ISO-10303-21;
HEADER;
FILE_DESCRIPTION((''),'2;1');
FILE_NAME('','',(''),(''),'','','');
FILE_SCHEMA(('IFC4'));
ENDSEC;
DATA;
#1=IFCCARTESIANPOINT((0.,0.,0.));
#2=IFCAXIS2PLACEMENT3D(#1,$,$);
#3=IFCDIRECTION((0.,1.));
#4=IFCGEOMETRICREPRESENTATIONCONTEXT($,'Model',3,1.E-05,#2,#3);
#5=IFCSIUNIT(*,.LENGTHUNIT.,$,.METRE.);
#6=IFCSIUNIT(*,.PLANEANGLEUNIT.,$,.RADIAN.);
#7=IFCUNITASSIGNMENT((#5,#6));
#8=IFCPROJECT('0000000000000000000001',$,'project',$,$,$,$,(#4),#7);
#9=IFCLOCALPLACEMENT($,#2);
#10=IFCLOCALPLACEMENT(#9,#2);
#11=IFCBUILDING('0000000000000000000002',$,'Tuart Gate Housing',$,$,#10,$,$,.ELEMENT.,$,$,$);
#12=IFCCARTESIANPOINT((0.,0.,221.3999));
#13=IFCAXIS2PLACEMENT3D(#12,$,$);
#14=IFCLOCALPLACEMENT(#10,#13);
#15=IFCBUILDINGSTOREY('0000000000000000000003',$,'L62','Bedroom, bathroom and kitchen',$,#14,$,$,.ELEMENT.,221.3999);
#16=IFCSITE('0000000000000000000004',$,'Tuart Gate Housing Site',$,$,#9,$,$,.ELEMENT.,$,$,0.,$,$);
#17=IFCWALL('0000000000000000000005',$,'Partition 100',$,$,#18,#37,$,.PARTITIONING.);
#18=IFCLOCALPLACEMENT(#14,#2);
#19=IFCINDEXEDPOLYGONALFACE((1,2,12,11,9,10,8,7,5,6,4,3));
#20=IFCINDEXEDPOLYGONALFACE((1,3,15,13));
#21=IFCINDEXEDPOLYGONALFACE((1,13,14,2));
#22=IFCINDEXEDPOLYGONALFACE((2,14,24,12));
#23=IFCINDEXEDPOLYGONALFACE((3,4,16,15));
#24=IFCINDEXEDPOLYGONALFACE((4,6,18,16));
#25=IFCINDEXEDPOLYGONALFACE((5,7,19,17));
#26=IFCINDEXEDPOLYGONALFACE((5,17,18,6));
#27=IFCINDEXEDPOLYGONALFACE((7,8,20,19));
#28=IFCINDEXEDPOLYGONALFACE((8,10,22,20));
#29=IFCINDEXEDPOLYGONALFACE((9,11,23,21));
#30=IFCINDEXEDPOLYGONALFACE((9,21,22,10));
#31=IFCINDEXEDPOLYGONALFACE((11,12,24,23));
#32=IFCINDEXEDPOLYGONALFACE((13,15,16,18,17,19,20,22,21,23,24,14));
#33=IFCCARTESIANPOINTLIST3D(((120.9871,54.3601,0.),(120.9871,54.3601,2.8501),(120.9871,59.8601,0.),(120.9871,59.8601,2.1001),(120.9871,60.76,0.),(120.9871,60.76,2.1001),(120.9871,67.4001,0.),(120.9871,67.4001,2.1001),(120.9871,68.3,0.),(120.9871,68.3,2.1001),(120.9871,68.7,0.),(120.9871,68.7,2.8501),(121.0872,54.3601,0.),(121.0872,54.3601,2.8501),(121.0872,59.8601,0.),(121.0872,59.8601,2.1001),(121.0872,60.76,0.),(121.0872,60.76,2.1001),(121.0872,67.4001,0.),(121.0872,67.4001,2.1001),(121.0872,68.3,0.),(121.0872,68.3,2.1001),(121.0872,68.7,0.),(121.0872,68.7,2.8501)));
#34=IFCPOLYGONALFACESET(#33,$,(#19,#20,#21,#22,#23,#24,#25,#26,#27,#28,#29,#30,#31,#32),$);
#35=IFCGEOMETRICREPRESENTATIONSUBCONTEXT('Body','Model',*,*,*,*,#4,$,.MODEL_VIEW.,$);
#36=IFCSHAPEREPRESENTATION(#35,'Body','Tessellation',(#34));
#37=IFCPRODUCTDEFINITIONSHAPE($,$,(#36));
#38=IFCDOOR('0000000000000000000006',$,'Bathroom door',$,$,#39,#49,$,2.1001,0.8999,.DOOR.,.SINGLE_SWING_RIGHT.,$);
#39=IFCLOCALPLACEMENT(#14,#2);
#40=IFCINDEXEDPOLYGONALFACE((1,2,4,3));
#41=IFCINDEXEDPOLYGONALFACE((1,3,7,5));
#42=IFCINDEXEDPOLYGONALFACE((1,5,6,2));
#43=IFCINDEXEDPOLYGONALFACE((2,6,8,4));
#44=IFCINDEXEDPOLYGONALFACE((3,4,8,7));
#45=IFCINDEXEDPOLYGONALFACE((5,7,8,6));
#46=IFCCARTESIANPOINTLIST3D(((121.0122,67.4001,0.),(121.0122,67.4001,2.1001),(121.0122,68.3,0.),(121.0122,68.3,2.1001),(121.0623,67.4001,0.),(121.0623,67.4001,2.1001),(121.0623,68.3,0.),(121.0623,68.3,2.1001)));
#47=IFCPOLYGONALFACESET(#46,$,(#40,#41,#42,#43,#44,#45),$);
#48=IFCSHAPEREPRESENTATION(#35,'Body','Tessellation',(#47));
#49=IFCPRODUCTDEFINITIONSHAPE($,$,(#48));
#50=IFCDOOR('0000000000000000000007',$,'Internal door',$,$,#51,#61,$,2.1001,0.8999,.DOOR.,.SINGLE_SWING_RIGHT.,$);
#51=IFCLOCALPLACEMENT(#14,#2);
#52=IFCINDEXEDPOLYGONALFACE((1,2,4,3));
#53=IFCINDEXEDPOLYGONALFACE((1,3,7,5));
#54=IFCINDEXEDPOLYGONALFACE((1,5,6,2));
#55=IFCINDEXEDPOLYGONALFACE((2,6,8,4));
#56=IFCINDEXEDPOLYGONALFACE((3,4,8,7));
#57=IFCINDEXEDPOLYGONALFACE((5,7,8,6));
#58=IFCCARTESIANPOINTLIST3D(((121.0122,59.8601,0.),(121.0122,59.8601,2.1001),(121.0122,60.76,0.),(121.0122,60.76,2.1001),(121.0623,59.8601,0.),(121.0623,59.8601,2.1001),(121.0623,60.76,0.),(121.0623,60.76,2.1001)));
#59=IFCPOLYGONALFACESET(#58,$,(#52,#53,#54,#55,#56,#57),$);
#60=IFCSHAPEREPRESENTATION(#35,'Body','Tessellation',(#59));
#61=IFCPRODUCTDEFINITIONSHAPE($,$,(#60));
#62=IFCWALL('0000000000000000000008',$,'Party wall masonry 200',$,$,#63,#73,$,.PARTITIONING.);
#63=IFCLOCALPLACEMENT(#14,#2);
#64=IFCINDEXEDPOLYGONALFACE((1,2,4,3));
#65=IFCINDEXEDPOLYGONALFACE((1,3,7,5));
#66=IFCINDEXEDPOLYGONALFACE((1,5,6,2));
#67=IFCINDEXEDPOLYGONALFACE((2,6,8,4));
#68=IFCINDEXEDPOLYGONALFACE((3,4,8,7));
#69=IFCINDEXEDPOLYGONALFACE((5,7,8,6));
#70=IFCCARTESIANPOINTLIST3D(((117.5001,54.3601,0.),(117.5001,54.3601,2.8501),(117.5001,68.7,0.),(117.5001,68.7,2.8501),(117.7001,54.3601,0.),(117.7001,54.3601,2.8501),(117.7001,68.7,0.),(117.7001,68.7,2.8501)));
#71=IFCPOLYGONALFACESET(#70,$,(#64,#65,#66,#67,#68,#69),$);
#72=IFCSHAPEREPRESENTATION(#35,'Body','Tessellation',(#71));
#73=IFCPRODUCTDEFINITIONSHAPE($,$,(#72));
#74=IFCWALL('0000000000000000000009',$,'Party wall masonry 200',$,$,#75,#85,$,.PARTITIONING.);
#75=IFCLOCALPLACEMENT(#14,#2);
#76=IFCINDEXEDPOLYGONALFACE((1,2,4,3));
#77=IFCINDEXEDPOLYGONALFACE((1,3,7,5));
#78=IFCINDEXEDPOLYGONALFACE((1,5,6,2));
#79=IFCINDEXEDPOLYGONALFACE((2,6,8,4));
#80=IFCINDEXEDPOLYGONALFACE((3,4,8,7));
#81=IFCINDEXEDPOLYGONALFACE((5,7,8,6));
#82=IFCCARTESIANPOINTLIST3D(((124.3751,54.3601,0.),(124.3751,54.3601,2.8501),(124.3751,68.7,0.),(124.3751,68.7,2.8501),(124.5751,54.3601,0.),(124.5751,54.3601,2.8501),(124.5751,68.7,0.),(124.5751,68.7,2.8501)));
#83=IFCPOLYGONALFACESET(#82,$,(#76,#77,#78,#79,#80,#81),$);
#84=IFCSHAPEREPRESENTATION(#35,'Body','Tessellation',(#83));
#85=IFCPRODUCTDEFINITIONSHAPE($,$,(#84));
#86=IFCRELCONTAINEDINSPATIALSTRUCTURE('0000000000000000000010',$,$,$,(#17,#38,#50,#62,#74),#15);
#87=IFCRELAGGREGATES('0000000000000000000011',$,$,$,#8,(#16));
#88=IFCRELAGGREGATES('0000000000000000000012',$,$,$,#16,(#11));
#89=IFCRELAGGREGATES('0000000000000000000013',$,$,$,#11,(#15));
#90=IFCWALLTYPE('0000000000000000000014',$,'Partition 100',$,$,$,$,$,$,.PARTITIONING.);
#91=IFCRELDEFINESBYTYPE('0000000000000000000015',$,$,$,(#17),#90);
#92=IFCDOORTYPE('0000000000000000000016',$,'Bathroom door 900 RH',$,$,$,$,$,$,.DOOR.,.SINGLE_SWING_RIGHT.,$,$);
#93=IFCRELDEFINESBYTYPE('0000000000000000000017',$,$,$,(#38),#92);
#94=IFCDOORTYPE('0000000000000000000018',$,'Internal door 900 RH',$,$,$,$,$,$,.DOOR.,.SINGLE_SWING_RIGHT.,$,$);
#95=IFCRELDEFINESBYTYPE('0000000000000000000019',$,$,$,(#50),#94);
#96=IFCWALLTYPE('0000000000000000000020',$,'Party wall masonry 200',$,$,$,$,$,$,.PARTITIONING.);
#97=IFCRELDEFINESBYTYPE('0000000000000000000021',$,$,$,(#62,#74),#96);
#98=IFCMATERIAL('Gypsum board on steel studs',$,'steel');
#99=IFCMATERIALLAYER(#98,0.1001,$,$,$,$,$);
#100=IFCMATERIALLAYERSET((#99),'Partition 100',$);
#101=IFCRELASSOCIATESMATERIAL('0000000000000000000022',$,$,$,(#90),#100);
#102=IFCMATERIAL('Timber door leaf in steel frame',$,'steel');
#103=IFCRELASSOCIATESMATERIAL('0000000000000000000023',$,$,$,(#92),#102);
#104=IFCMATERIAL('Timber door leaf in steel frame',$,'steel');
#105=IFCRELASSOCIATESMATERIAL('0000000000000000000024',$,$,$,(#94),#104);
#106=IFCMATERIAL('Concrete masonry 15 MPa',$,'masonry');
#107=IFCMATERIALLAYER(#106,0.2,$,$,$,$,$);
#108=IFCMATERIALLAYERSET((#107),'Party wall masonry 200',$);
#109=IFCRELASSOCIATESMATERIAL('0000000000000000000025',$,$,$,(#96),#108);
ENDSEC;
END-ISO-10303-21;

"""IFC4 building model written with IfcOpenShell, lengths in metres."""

from ifc_helpers import new_model, si_unit, direction, frame, frame_2d, origin, place, context, subcontext, project, spatial, rectangle, extrude, material, layer, layer_set, type_object, element, fill, save


model = new_model("IFC4")

# Units and contexts
model_context = context("Model", 3, precision=1e-05, world=origin(), true_north=direction((0.0, 1.0)))
body_context = subcontext(model_context, "Body", "Model", "MODEL_VIEW")
ifc_project = project(units=[si_unit("LENGTHUNIT", "METRE"), si_unit("PLANEANGLEUNIT", "RADIAN")], contexts=[model_context])

# Site, building, storey
site_placement = place(None, origin())
site = spatial("IfcSite", under=ifc_project, at=site_placement, Name="Tuart Gate Housing Site", CompositionType="ELEMENT", RefElevation=0.0)
building_placement = place(site_placement, origin())
building = spatial("IfcBuilding", under=site, at=building_placement, Name="Tuart Gate Housing", CompositionType="ELEMENT")
storey_placement = place(building_placement, frame((0.0, 0.0, 221.3999)))
storey = spatial("IfcBuildingStorey", under=building, at=storey_placement, Name="L62", Description="Bedroom, bathroom and kitchen", CompositionType="ELEMENT", Elevation=221.3999)

# Shared definitions
ifc_material_1 = material(Name="Gypsum board on steel studs", Category="steel")
ifc_layer_1 = layer(ifc_material_1, 0.1001)
ifc_layer_set_1 = layer_set([ifc_layer_1], Name="Partition 100")
wall_type_1 = type_object("IfcWallType", Name="Partition 100", PredefinedType="PARTITIONING", material=ifc_layer_set_1)

# Wall, openings, doors
wall_1_placement = place(storey_placement, frame((121.0371, 54.3601, 0.0), z_axis=(0.0, 0.0, 1.0), x_axis=(0.0, 1.0, 0.0)))
wall_1 = element("IfcWall", 1, at=wall_1_placement, inside=storey, type_object=wall_type_1, Name="Partition 100", PredefinedType="PARTITIONING", context=body_context, shape_type="SweptSolid", body=[
    extrude(rectangle(XDim=14.3398, YDim=0.1001, at=frame_2d((7.1699, 0.0))), origin(), (0.0, 0.0, 1.0), 2.8501),
])
opening_1_placement = place(wall_1_placement, frame((5.5, 0.0, 0.0)))
opening_1 = element("IfcOpeningElement", 2, at=opening_1_placement, cuts=wall_1, PredefinedType="OPENING", context=body_context, shape_type="SweptSolid", body=[
    extrude(rectangle(XDim=0.8999, YDim=2.1001, at=frame_2d((0.45, 1.05))), frame((0.0, 0.0601, 0.0), z_axis=(0.0, -1.0, 0.0), x_axis=(1.0, 0.0, 0.0)), (0.0, 0.0, 1.0), 0.1201),
])
opening_2_placement = place(wall_1_placement, frame((13.04, 0.0, 0.0)))
opening_2 = element("IfcOpeningElement", 3, at=opening_2_placement, cuts=wall_1, PredefinedType="OPENING", context=body_context, shape_type="SweptSolid", body=[
    extrude(rectangle(XDim=0.8999, YDim=2.1001, at=frame_2d((0.45, 1.05))), frame((0.0, 0.0601, 0.0), z_axis=(0.0, -1.0, 0.0), x_axis=(1.0, 0.0, 0.0)), (0.0, 0.0, 1.0), 0.1201),
])
ifc_material_2 = material(Name="Timber door leaf in steel frame", Category="steel")
door_type_1 = type_object("IfcDoorType", Name="Bathroom door 900 RH", OperationType="SINGLE_SWING_RIGHT", PredefinedType="DOOR", material=ifc_material_2)
door_1_placement = place(opening_2_placement, origin())
door_1 = element("IfcDoor", 4, at=door_1_placement, inside=storey, type_object=door_type_1, Name="Bathroom door", OperationType="SINGLE_SWING_RIGHT", OverallHeight=2.1001, OverallWidth=0.8999, PredefinedType="DOOR", context=body_context, shape_type="SweptSolid", body=[
    extrude(rectangle(XDim=0.8999, YDim=2.1001, at=frame_2d((0.45, 1.05))), frame((0.0, 0.0249, 0.0), z_axis=(0.0, -1.0, 0.0), x_axis=(1.0, 0.0, 0.0)), (0.0, 0.0, 1.0), 0.05),
])
fill(opening_2, door_1)
ifc_material_3 = material(Name="Timber door leaf in steel frame", Category="steel")
door_type_2 = type_object("IfcDoorType", Name="Internal door 900 RH", OperationType="SINGLE_SWING_RIGHT", PredefinedType="DOOR", material=ifc_material_3)
door_2_placement = place(opening_1_placement, origin())
door_2 = element("IfcDoor", 5, at=door_2_placement, inside=storey, type_object=door_type_2, Name="Internal door", OperationType="SINGLE_SWING_RIGHT", OverallHeight=2.1001, OverallWidth=0.8999, PredefinedType="DOOR", context=body_context, shape_type="SweptSolid", body=[
    extrude(rectangle(XDim=0.8999, YDim=2.1001, at=frame_2d((0.45, 1.05))), frame((0.0, 0.0249, 0.0), z_axis=(0.0, -1.0, 0.0), x_axis=(1.0, 0.0, 0.0)), (0.0, 0.0, 1.0), 0.05),
])
fill(opening_1, door_2)

# Walls
ifc_material_4 = material(Name="Concrete masonry 15 MPa", Category="masonry")
ifc_layer_2 = layer(ifc_material_4, 0.2)
ifc_layer_set_2 = layer_set([ifc_layer_2], Name="Party wall masonry 200")
wall_type_2 = type_object("IfcWallType", Name="Party wall masonry 200", PredefinedType="PARTITIONING", material=ifc_layer_set_2)
for number, where, z_axis, x_axis, name in (
    (6, (117.6001, 54.3601, 0.0), (0.0, 0.0, 1.0), (0.0, 1.0, 0.0), "Party wall masonry 200"),
    (7, (124.4751, 54.3601, 0.0), (0.0, 0.0, 1.0), (0.0, 1.0, 0.0), "Party wall masonry 200"),
):
    element("IfcWall", number, at=place(storey_placement, frame(where, z_axis=z_axis, x_axis=x_axis)), inside=storey, type_object=wall_type_2, Name=name, PredefinedType="PARTITIONING", context=body_context, shape_type="SweptSolid", body=[
        extrude(rectangle(XDim=14.3398, YDim=0.2, at=frame_2d((7.1699, 0.0))), origin(), (0.0, 0.0, 1.0), 2.8501),
    ])

save(model, "model.ifc")
